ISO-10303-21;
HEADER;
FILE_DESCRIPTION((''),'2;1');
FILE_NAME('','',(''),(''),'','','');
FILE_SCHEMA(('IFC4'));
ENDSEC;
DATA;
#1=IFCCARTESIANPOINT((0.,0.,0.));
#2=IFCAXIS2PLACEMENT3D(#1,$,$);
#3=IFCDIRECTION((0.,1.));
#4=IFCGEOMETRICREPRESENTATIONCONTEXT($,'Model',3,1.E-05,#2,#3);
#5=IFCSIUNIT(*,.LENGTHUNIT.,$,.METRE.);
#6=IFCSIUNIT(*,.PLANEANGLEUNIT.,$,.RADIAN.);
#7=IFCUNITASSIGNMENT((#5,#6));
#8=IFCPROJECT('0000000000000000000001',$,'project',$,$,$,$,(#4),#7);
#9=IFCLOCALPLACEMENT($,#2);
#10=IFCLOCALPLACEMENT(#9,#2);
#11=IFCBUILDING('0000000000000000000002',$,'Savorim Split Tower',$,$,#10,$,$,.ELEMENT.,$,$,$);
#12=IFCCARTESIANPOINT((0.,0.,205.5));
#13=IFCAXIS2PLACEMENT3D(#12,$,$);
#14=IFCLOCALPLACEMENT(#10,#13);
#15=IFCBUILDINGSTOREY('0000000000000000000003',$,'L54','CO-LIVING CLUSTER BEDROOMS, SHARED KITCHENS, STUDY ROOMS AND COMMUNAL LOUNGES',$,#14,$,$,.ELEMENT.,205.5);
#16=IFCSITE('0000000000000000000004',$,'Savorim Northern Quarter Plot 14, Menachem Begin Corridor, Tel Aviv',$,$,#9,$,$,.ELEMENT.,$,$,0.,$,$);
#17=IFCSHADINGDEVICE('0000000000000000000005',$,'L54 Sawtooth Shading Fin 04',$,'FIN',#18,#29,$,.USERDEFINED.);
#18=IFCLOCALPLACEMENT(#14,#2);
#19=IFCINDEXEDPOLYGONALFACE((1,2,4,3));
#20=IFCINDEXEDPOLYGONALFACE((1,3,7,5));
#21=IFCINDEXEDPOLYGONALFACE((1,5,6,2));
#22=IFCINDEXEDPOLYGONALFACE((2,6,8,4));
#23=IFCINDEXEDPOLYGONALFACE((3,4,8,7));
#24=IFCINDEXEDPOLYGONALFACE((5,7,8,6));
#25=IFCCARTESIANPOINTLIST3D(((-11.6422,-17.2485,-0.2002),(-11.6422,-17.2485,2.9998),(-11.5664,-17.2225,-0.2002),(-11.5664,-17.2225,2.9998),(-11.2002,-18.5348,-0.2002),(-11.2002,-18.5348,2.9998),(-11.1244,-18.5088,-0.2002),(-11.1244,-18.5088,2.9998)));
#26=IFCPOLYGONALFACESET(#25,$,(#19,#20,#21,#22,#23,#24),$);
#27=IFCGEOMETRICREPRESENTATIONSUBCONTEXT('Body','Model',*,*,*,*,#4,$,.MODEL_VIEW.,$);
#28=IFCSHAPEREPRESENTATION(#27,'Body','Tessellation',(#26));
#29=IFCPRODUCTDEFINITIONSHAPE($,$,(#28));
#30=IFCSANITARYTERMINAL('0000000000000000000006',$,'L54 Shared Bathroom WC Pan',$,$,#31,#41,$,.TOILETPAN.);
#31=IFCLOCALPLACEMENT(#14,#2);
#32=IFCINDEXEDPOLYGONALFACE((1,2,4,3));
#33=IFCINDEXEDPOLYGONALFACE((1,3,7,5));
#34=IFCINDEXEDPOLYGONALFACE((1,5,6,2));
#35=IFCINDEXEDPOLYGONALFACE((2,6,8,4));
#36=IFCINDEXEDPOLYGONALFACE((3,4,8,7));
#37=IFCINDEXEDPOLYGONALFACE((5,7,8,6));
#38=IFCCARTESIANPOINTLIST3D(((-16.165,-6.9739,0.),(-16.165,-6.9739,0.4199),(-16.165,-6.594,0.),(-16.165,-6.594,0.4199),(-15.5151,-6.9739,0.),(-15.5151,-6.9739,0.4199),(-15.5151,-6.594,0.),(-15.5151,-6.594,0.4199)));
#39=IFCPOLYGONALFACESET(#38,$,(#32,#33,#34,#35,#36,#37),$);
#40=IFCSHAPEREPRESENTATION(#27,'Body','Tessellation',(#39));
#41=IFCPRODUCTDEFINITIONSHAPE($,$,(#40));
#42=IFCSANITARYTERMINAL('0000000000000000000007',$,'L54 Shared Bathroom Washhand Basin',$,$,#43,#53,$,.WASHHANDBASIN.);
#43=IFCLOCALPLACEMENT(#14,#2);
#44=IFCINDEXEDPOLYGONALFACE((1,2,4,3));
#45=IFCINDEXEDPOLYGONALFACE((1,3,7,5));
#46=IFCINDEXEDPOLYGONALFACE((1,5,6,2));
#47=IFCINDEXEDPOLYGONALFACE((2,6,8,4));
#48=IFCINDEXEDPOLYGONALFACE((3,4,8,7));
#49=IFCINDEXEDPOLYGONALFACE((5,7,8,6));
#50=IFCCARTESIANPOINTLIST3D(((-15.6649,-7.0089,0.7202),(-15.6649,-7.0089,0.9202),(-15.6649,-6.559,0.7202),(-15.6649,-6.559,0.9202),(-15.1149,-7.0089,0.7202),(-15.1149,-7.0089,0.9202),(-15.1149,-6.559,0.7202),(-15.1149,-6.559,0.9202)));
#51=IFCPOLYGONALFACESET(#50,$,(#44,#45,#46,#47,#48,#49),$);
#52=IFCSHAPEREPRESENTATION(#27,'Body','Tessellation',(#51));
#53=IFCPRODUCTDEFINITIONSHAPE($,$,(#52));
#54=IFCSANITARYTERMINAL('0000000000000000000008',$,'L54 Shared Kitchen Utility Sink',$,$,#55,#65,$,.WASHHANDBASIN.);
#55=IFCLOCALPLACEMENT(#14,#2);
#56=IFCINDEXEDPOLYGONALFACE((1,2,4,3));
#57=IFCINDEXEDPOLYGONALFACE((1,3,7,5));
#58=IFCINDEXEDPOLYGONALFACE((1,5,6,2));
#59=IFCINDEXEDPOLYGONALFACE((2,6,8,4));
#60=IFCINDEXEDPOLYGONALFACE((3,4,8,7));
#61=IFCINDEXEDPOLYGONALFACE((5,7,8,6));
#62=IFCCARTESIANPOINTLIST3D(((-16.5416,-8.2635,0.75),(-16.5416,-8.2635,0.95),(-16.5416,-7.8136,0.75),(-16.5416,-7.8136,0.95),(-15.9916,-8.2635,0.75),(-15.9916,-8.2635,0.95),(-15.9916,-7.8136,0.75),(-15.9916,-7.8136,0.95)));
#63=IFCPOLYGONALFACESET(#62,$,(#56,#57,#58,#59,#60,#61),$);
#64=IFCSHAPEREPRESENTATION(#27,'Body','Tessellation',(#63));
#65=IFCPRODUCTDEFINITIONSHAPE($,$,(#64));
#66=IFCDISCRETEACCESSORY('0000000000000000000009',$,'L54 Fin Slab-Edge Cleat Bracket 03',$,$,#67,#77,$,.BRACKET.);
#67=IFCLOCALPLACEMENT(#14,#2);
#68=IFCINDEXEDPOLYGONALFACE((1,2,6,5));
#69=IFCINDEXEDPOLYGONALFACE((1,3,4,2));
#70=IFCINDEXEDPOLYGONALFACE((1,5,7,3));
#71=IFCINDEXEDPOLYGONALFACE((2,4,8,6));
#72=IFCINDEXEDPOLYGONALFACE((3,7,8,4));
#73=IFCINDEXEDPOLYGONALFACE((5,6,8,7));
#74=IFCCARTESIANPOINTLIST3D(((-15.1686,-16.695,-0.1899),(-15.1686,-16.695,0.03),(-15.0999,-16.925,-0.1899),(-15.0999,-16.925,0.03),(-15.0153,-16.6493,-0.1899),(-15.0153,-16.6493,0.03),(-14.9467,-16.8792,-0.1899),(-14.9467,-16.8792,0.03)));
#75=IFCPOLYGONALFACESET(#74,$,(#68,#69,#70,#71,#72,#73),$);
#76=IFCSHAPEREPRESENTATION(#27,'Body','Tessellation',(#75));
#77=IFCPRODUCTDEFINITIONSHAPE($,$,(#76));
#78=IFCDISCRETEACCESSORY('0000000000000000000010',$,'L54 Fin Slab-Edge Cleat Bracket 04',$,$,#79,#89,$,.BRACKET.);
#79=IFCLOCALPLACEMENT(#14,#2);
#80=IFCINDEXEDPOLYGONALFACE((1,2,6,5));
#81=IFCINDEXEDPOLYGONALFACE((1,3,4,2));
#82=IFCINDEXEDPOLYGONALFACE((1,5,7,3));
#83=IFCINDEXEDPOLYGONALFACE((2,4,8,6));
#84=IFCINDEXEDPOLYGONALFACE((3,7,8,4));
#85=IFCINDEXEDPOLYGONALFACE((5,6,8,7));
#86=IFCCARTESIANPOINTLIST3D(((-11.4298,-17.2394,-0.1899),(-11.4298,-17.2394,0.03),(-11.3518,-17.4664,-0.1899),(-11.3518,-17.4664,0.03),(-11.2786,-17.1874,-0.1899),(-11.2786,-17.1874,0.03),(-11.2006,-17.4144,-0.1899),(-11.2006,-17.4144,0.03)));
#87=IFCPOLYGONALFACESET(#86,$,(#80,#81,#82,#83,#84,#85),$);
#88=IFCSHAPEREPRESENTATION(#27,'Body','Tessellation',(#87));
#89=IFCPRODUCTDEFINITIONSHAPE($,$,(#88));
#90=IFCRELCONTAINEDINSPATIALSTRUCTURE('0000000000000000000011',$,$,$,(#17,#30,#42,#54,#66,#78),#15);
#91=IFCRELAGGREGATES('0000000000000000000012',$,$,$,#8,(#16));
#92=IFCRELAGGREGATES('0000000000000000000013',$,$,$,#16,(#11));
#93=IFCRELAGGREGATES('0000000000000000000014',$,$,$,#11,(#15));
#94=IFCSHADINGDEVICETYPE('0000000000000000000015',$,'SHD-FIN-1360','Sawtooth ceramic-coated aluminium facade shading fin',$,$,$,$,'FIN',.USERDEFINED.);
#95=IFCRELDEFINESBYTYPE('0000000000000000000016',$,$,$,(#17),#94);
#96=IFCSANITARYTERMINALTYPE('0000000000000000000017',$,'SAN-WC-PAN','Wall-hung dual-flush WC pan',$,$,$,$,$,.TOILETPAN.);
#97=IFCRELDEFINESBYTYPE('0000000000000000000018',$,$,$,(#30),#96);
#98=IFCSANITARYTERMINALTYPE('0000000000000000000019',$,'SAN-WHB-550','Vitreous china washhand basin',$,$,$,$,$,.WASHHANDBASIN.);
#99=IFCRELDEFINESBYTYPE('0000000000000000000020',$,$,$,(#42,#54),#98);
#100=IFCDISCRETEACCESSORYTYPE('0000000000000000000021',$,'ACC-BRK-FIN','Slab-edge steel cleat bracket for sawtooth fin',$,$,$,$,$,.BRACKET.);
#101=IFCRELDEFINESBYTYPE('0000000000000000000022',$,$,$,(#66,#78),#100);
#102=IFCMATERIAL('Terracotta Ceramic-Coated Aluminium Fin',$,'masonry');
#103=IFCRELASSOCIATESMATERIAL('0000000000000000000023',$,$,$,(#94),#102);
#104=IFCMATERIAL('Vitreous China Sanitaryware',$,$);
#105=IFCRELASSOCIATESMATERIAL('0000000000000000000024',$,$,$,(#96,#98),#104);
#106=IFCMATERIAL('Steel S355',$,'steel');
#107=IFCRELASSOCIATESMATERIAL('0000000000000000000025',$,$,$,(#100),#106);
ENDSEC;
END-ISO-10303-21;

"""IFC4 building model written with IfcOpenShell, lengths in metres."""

from ifc_helpers import new_model, si_unit, direction, frame, origin, origin_2d, place, context, subcontext, project, spatial, rectangle, extrude, material, type_object, element, save


model = new_model("IFC4")

# Units and contexts
model_context = context("Model", 3, precision=1e-05, world=origin(), true_north=direction((0.0, 1.0)))
body_context = subcontext(model_context, "Body", "Model", "MODEL_VIEW")
ifc_project = project(units=[si_unit("LENGTHUNIT", "METRE"), si_unit("PLANEANGLEUNIT", "RADIAN")], contexts=[model_context])

# Site, building, storey
site_placement = place(None, origin())
site = spatial("IfcSite", under=ifc_project, at=site_placement, Name="Savorim Northern Quarter Plot 14, Menachem Begin Corridor, Tel Aviv", CompositionType="ELEMENT", RefElevation=0.0)
building_placement = place(site_placement, origin())
building = spatial("IfcBuilding", under=site, at=building_placement, Name="Savorim Split Tower", CompositionType="ELEMENT")
storey_placement = place(building_placement, frame((0.0, 0.0, 205.5)))
storey = spatial("IfcBuildingStorey", under=building, at=storey_placement, Name="L54", Description="CO-LIVING CLUSTER BEDROOMS, SHARED KITCHENS, STUDY ROOMS AND COMMUNAL LOUNGES", CompositionType="ELEMENT", Elevation=205.5)

# Shared definitions
ifc_material_1 = material(Name="Steel S355", Category="steel")

# Shading device
ifc_material_2 = material(Name="Terracotta Ceramic-Coated Aluminium Fin", Category="masonry")
shading_device_type = type_object("IfcShadingDeviceType", Name="SHD-FIN-1360", Description="Sawtooth ceramic-coated aluminium facade shading fin", ElementType="FIN", PredefinedType="USERDEFINED", material=ifc_material_2)
for number, where, z_axis, x_axis, name in (
    (1, (-11.3833, -17.8787, -0.2002), (0.0, 0.0, 1.0), (0.324994, -0.945716, 0.0), "L54 Sawtooth Shading Fin 04"),
):
    element("IfcShadingDevice", number, at=place(storey_placement, frame(where, z_axis=z_axis, x_axis=x_axis)), inside=storey, type_object=shading_device_type, Name=name, ObjectType="FIN", PredefinedType="USERDEFINED", context=body_context, shape_type="SweptSolid", body=[
        extrude(rectangle(XDim=1.3601, YDim=0.0801, at=origin_2d()), origin(), (0.0, 0.0, 1.0), 3.2),
    ])

# Sanitary terminals
ifc_material_3 = material(Name="Vitreous China Sanitaryware")
sanitary_terminal_type_1 = type_object("IfcSanitaryTerminalType", Name="SAN-WC-PAN", Description="Wall-hung dual-flush WC pan", PredefinedType="TOILETPAN", material=ifc_material_3)
sanitary_terminal_placement = place(storey_placement, frame((-15.8401, -6.7839, 0.0), z_axis=(0.0, 0.0, 1.0), x_axis=(1.0, 0.0, 0.0)))
element("IfcSanitaryTerminal", 2, at=sanitary_terminal_placement, inside=storey, type_object=sanitary_terminal_type_1, Name="L54 Shared Bathroom WC Pan", PredefinedType="TOILETPAN", context=body_context, shape_type="SweptSolid", body=[
    extrude(rectangle(XDim=0.6499, YDim=0.3799, at=origin_2d()), origin(), (0.0, 0.0, 1.0), 0.4199),
])
sanitary_terminal_type_2 = type_object("IfcSanitaryTerminalType", Name="SAN-WHB-550", Description="Vitreous china washhand basin", PredefinedType="WASHHANDBASIN", material=ifc_material_3)
for number, where, z_axis, x_axis, name in (
    (3, (-15.3899, -6.7839, 0.7202), (0.0, 0.0, 1.0), (1.0, 0.0, 0.0), "L54 Shared Bathroom Washhand Basin"),
    (4, (-16.2666, -8.0386, 0.75), (0.0, 0.0, 1.0), (1.0, 0.0, 0.0), "L54 Shared Kitchen Utility Sink"),
):
    element("IfcSanitaryTerminal", number, at=place(storey_placement, frame(where, z_axis=z_axis, x_axis=x_axis)), inside=storey, type_object=sanitary_terminal_type_2, Name=name, PredefinedType="WASHHANDBASIN", context=body_context, shape_type="SweptSolid", body=[
        extrude(rectangle(XDim=0.55, YDim=0.45, at=origin_2d()), origin(), (0.0, 0.0, 1.0), 0.2),
    ])

# Discrete accessories
discrete_accessory_type = type_object("IfcDiscreteAccessoryType", Name="ACC-BRK-FIN", Description="Slab-edge steel cleat bracket for sawtooth fin", PredefinedType="BRACKET", material=ifc_material_1)
for number, where, z_axis, x_axis, name in (
    (5, (-15.0576, -16.7871, -0.1899), (0.0, 0.0, 1.0), (0.286026, -0.958222, 0.0), "L54 Fin Slab-Edge Cleat Bracket 03"),
    (6, (-11.3152, -17.3269, -0.1899), (0.0, 0.0, 1.0), (0.324994, -0.945716, 0.0), "L54 Fin Slab-Edge Cleat Bracket 04"),
):
    element("IfcDiscreteAccessory", number, at=place(storey_placement, frame(where, z_axis=z_axis, x_axis=x_axis)), inside=storey, type_object=discrete_accessory_type, Name=name, PredefinedType="BRACKET", context=body_context, shape_type="SweptSolid", body=[
        extrude(rectangle(XDim=0.24, YDim=0.1599, at=origin_2d()), origin(), (0.0, 0.0, 1.0), 0.22),
    ])

save(model, "model.ifc")
